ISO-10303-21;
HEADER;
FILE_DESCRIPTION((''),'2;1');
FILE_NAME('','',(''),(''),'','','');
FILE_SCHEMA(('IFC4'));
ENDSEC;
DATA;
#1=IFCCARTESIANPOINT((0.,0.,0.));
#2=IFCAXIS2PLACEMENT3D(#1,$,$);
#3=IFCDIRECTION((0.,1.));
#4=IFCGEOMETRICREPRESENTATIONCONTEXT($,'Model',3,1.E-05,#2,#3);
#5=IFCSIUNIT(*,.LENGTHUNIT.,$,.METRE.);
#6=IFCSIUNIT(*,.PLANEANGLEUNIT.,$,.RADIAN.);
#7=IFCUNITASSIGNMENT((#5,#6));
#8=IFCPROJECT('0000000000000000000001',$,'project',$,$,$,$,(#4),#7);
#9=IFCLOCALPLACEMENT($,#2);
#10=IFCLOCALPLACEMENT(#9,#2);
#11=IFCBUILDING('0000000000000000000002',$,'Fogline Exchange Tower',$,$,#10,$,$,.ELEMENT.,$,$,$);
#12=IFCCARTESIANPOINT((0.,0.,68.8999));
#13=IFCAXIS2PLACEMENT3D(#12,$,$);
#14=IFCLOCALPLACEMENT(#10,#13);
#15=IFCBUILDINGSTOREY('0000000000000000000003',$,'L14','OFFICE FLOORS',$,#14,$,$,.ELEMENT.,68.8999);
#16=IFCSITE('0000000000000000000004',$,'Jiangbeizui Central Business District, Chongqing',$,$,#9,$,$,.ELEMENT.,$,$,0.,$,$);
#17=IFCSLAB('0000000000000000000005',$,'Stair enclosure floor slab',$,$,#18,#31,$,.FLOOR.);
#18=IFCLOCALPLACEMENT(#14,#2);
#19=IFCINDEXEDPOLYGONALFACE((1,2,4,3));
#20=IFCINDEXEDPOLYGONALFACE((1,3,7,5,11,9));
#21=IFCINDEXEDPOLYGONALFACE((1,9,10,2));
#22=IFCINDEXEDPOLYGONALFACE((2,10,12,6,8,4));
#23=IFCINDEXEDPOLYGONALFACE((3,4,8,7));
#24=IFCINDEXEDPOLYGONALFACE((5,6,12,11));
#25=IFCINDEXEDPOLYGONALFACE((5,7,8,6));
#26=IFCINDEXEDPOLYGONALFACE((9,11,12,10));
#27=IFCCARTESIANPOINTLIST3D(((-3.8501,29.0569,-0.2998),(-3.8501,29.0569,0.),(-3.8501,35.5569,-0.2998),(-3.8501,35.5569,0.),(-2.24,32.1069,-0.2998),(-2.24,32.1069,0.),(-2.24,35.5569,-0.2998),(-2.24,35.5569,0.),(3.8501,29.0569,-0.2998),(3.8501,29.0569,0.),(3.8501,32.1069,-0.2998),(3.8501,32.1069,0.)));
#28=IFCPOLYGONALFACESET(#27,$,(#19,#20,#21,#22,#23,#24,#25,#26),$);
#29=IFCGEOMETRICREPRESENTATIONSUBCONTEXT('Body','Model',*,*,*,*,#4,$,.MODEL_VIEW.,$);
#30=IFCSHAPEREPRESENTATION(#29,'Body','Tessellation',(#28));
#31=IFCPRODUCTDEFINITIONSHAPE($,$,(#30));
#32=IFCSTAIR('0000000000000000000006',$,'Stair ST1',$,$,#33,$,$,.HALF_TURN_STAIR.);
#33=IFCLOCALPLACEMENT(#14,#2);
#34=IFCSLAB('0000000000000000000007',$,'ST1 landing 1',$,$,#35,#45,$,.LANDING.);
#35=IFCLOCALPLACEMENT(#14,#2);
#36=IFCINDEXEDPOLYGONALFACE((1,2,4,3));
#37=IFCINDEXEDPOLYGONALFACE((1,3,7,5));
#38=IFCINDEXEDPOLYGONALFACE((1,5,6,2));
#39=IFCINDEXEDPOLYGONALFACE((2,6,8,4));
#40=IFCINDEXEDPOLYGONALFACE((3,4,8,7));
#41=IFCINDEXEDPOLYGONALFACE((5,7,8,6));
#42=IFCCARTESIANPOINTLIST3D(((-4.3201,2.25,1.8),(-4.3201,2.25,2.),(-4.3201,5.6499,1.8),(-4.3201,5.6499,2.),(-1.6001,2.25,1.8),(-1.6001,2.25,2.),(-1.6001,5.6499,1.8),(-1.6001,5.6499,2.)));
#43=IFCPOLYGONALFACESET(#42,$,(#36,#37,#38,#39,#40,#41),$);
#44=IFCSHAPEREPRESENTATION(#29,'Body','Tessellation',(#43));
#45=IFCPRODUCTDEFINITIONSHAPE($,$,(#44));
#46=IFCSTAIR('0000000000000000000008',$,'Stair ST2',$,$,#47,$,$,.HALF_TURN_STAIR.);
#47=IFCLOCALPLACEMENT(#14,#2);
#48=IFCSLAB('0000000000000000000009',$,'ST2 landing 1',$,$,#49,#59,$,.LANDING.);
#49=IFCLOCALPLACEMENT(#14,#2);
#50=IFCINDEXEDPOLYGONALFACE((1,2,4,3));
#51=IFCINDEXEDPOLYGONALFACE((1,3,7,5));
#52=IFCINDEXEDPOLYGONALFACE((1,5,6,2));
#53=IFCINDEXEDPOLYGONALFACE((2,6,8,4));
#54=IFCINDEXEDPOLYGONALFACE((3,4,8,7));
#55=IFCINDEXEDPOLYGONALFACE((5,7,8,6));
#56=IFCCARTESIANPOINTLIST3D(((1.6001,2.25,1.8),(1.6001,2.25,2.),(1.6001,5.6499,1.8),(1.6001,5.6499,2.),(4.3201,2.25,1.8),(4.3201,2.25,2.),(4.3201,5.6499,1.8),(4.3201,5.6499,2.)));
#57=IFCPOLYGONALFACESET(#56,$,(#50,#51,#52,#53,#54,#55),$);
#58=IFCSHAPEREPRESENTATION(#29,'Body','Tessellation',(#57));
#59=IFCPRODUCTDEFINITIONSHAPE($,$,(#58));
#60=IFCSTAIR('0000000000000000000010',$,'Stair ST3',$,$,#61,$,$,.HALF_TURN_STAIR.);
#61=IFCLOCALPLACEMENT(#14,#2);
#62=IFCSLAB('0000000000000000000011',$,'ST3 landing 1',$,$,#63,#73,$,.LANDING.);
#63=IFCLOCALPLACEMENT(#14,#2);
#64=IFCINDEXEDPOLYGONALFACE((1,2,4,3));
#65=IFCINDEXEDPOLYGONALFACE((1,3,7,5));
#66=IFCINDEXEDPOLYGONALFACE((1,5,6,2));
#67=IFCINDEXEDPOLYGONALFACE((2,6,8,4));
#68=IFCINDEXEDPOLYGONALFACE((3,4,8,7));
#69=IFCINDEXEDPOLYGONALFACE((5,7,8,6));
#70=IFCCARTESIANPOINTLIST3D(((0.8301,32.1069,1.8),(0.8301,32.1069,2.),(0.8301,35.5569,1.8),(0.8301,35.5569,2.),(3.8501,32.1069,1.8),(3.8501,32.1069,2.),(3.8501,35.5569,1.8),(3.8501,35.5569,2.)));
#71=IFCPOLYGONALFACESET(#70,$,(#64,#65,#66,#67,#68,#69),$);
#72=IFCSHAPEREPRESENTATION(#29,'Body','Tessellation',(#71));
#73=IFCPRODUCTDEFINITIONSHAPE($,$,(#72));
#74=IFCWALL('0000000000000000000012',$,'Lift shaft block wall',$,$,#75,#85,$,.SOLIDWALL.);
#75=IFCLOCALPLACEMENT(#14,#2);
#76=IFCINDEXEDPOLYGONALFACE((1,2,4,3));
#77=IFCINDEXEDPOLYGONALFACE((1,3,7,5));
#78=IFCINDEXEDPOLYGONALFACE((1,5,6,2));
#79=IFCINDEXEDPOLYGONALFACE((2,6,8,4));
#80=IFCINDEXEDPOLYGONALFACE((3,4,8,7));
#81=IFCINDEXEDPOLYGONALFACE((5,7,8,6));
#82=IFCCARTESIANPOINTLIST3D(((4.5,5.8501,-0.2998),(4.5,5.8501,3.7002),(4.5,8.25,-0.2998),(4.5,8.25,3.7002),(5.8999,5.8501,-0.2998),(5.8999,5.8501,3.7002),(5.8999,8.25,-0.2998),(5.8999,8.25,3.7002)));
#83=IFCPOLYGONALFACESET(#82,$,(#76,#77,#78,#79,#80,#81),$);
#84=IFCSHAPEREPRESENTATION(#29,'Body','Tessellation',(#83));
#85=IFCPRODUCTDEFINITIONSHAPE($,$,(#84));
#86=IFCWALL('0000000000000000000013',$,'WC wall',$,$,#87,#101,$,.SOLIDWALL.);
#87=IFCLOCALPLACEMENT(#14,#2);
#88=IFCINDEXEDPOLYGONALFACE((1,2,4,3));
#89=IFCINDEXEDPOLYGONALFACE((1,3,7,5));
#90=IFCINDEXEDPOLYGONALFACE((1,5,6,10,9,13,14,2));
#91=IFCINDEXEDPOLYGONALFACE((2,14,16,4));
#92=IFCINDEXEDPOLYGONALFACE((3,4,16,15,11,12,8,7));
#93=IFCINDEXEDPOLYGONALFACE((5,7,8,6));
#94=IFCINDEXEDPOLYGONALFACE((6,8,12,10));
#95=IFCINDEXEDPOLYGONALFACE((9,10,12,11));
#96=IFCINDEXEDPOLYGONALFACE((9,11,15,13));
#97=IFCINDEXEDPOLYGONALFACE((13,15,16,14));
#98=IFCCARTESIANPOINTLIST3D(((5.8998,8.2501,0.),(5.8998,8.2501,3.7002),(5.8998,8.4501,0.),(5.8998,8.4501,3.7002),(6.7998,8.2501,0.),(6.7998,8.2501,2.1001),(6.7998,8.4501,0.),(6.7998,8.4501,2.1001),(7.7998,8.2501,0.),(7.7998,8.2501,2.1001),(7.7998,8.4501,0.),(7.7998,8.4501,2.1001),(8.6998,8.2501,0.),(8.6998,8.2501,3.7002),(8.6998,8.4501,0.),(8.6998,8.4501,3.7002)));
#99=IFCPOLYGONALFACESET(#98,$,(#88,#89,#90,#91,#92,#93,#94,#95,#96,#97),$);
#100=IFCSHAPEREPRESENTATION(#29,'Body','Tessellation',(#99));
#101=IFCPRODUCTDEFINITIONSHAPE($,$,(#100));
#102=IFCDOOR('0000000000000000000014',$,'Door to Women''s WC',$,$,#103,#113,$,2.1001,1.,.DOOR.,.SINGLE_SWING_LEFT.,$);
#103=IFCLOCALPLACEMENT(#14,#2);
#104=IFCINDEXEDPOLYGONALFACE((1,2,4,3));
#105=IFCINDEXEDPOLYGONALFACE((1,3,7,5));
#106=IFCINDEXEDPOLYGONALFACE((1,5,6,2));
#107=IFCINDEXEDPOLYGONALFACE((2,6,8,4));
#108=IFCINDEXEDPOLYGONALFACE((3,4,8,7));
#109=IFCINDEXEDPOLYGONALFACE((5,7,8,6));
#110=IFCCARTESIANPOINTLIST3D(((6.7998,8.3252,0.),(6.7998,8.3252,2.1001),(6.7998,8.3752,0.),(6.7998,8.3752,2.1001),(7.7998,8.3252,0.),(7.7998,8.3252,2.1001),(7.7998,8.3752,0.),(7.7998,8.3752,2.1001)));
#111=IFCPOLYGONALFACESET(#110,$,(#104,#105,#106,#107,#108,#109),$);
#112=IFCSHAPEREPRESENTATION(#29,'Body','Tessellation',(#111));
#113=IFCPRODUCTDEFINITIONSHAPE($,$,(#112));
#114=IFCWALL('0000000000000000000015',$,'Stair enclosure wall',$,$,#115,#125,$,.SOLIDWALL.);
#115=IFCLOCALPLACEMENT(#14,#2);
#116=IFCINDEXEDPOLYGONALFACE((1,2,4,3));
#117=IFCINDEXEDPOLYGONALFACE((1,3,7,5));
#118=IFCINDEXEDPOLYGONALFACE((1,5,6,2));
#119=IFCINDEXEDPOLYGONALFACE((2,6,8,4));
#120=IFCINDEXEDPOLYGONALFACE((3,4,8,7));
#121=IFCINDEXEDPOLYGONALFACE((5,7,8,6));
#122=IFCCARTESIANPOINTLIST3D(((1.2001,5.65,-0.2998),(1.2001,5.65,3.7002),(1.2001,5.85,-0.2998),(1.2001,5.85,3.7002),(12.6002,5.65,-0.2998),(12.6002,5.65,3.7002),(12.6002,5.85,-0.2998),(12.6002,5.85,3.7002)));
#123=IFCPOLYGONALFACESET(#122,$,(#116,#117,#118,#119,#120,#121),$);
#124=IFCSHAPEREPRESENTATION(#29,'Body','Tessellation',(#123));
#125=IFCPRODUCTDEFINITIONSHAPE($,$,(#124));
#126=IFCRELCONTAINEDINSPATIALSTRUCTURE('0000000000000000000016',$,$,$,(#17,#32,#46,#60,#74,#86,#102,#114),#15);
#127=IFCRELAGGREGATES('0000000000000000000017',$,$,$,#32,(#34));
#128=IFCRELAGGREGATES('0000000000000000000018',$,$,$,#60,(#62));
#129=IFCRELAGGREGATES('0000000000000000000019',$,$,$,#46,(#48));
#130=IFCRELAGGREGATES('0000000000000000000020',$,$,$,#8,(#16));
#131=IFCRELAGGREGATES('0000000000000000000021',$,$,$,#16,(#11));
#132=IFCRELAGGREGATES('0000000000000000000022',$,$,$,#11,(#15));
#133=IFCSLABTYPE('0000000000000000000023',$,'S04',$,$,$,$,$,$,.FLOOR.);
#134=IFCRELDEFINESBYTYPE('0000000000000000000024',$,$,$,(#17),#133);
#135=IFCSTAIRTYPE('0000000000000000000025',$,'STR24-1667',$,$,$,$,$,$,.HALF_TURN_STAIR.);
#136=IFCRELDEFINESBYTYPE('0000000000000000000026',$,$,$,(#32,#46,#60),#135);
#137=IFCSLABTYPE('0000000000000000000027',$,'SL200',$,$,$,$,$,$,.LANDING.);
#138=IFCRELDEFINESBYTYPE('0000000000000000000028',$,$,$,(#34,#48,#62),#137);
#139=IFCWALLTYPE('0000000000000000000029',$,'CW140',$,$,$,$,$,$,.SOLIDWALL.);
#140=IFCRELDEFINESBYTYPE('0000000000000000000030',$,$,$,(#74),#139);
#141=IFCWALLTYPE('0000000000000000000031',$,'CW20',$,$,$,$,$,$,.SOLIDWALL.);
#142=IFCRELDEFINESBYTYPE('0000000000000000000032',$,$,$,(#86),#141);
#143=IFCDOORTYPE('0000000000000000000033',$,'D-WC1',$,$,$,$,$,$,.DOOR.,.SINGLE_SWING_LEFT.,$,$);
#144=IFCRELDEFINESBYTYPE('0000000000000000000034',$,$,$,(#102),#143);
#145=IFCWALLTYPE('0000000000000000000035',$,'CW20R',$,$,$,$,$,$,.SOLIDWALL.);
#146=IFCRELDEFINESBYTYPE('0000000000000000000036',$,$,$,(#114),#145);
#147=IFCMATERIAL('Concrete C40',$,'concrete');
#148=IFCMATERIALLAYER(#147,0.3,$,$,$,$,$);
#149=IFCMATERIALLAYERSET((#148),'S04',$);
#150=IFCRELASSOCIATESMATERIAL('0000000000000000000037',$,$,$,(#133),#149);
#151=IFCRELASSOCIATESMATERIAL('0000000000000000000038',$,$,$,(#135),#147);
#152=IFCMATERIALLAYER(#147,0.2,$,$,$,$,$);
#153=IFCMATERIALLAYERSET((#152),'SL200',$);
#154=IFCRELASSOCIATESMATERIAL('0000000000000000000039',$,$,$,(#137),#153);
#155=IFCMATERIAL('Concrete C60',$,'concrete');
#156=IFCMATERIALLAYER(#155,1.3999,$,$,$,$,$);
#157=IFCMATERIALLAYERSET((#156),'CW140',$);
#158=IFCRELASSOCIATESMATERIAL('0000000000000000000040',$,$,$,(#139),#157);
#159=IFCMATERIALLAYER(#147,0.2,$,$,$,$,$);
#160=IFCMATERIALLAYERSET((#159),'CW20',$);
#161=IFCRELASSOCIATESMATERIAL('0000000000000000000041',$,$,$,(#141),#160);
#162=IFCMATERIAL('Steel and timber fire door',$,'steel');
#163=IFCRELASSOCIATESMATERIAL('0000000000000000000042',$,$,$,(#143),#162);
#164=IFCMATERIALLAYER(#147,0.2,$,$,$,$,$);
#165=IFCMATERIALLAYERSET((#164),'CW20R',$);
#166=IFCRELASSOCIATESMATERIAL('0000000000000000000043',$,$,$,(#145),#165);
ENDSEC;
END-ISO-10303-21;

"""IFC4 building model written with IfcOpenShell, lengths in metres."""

from ifc_helpers import new_model, si_unit, direction, frame, frame_2d, origin, place, context, subcontext, project, spatial, polyline, rectangle, outline, extrude, material, layer, layer_set, type_object, element, fill, aggregate, save


model = new_model("IFC4")

# Units and contexts
model_context = context("Model", 3, precision=1e-05, world=origin(), true_north=direction((0.0, 1.0)))
body_context = subcontext(model_context, "Body", "Model", "MODEL_VIEW")
ifc_project = project(units=[si_unit("LENGTHUNIT", "METRE"), si_unit("PLANEANGLEUNIT", "RADIAN")], contexts=[model_context])

# Site, building, storey
site_placement = place(None, origin())
site = spatial("IfcSite", under=ifc_project, at=site_placement, Name="Jiangbeizui Central Business District, Chongqing", CompositionType="ELEMENT", RefElevation=0.0)
building_placement = place(site_placement, origin())
building = spatial("IfcBuilding", under=site, at=building_placement, Name="Fogline Exchange Tower", CompositionType="ELEMENT")
storey_placement = place(building_placement, frame((0.0, 0.0, 68.8999)))
storey = spatial("IfcBuildingStorey", under=building, at=storey_placement, Name="L14", Description="OFFICE FLOORS", CompositionType="ELEMENT", Elevation=68.8999)

# Slab
ifc_material_1 = material(Name="Concrete C40", Category="concrete")
ifc_layer_1 = layer(ifc_material_1, 0.3)
ifc_layer_set_1 = layer_set([ifc_layer_1], Name="S04")
slab_type_1 = type_object("IfcSlabType", Name="S04", PredefinedType="FLOOR", material=ifc_layer_set_1)
slab_1_placement = place(storey_placement, frame((0.0, 0.0, -0.2998)))
element("IfcSlab", 1, at=slab_1_placement, inside=storey, type_object=slab_type_1, Name="Stair enclosure floor slab", PredefinedType="FLOOR", context=body_context, shape_type="SweptSolid", body=[
    extrude(outline(polyline([(3.8501, 29.0569), (-3.8501, 29.0569), (-3.8501, 35.5569), (-2.24, 35.5569), (-2.24, 32.1069), (3.8501, 32.1069), (3.8501, 29.0569)])), origin(), (0.0, 0.0, 1.0), 0.2998),
])

# Stairs, slabs
stair_type = type_object("IfcStairType", Name="STR24-1667", PredefinedType="HALF_TURN_STAIR", material=ifc_material_1)
stair_1_placement = place(storey_placement, origin())
stair_1 = element("IfcStair", 2, at=stair_1_placement, inside=storey, type_object=stair_type, Name="Stair ST1", PredefinedType="HALF_TURN_STAIR")
ifc_layer_2 = layer(ifc_material_1, 0.2)
ifc_layer_set_2 = layer_set([ifc_layer_2], Name="SL200")
slab_type_2 = type_object("IfcSlabType", Name="SL200", PredefinedType="LANDING", material=ifc_layer_set_2)
slab_2_placement = place(storey_placement, frame((0.0, 0.0, 1.8)))
slab_2 = element("IfcSlab", 3, at=slab_2_placement, type_object=slab_type_2, Name="ST1 landing 1", PredefinedType="LANDING", context=body_context, shape_type="SweptSolid", body=[
    extrude(outline(polyline([(-4.3201, 2.25), (-1.6001, 2.25), (-1.6001, 5.6499), (-4.3201, 5.6499), (-4.3201, 2.25)])), origin(), (0.0, 0.0, 1.0), 0.2),
])
aggregate(stair_1, [slab_2])
stair_2_placement = place(storey_placement, origin())
stair_2 = element("IfcStair", 4, at=stair_2_placement, inside=storey, type_object=stair_type, Name="Stair ST2", PredefinedType="HALF_TURN_STAIR")
slab_3_placement = place(storey_placement, frame((0.0, 0.0, 1.8)))
slab_3 = element("IfcSlab", 5, at=slab_3_placement, type_object=slab_type_2, Name="ST2 landing 1", PredefinedType="LANDING", context=body_context, shape_type="SweptSolid", body=[
    extrude(outline(polyline([(1.6001, 2.25), (4.3201, 2.25), (4.3201, 5.6499), (1.6001, 5.6499), (1.6001, 2.25)])), origin(), (0.0, 0.0, 1.0), 0.2),
])
stair_3_placement = place(storey_placement, origin())
stair_3 = element("IfcStair", 6, at=stair_3_placement, inside=storey, type_object=stair_type, Name="Stair ST3", PredefinedType="HALF_TURN_STAIR")
slab_4_placement = place(storey_placement, frame((0.0, 0.0, 1.8)))
slab_4 = element("IfcSlab", 7, at=slab_4_placement, type_object=slab_type_2, Name="ST3 landing 1", PredefinedType="LANDING", context=body_context, shape_type="SweptSolid", body=[
    extrude(outline(polyline([(0.8301, 32.1069), (3.8501, 32.1069), (3.8501, 35.5569), (0.8301, 35.5569), (0.8301, 32.1069)])), origin(), (0.0, 0.0, 1.0), 0.2),
])
aggregate(stair_3, [slab_4])

# Wall
ifc_material_2 = material(Name="Concrete C60", Category="concrete")
ifc_layer_3 = layer(ifc_material_2, 1.3999)
ifc_layer_set_3 = layer_set([ifc_layer_3], Name="CW140")
wall_type_1 = type_object("IfcWallType", Name="CW140", PredefinedType="SOLIDWALL", material=ifc_layer_set_3)
wall_1_placement = place(storey_placement, frame((5.2, 5.8501, -0.2998), z_axis=(0.0, 0.0, 1.0), x_axis=(0.0, 1.0, 0.0)))
element("IfcWall", 8, at=wall_1_placement, inside=storey, type_object=wall_type_1, Name="Lift shaft block wall", PredefinedType="SOLIDWALL", context=body_context, shape_type="SweptSolid", body=[
    extrude(rectangle(XDim=2.3999, YDim=1.3999, at=frame_2d((1.2, 0.0))), origin(), (0.0, 0.0, 1.0), 4.0),
])

# Wall, opening, door
ifc_layer_4 = layer(ifc_material_1, 0.2)
ifc_layer_set_4 = layer_set([ifc_layer_4], Name="CW20")
wall_type_2 = type_object("IfcWallType", Name="CW20", PredefinedType="SOLIDWALL", material=ifc_layer_set_4)
wall_2_placement = place(storey_placement, frame((5.8999, 8.3501, 0.0), z_axis=(0.0, 0.0, 1.0), x_axis=(1.0, 0.0, 0.0)))
wall_2 = element("IfcWall", 9, at=wall_2_placement, inside=storey, type_object=wall_type_2, Name="WC wall", PredefinedType="SOLIDWALL", context=body_context, shape_type="SweptSolid", body=[
    extrude(rectangle(XDim=2.8, YDim=0.2, at=frame_2d((1.3999, 0.0))), origin(), (0.0, 0.0, 1.0), 3.7002),
])
opening_1_placement = place(wall_2_placement, frame((0.8999, 0.0, 0.0)))
opening_1 = element("IfcOpeningElement", 10, at=opening_1_placement, cuts=wall_2, PredefinedType="OPENING", context=body_context, shape_type="SweptSolid", body=[
    extrude(rectangle(XDim=1.0, YDim=2.1001, at=frame_2d((0.5, 1.05))), frame((0.0, 0.1099, 0.0), z_axis=(0.0, -1.0, 0.0), x_axis=(1.0, 0.0, 0.0)), (0.0, 0.0, 1.0), 0.22),
])
ifc_material_3 = material(Name="Steel and timber fire door", Category="steel")
door_type_1 = type_object("IfcDoorType", Name="D-WC1", OperationType="SINGLE_SWING_LEFT", PredefinedType="DOOR", material=ifc_material_3)
door_1_placement = place(opening_1_placement, frame((1.0, 0.0, 0.0), z_axis=(0.0, 0.0, 1.0), x_axis=(-1.0, 0.0, 0.0)))
door_1 = element("IfcDoor", 11, at=door_1_placement, inside=storey, type_object=door_type_1, Name="Door to Women's WC", OperationType="SINGLE_SWING_LEFT", OverallHeight=2.1001, OverallWidth=1.0, PredefinedType="DOOR", context=body_context, shape_type="SweptSolid", body=[
    extrude(rectangle(XDim=1.0, YDim=2.1001, at=frame_2d((0.5, 1.05))), frame((0.0, 0.0249, 0.0), z_axis=(0.0, -1.0, 0.0), x_axis=(1.0, 0.0, 0.0)), (0.0, 0.0, 1.0), 0.05),
])
fill(opening_1, door_1)

# Wall
ifc_layer_5 = layer(ifc_material_1, 0.2)
ifc_layer_set_5 = layer_set([ifc_layer_5], Name="CW20R")
wall_type_3 = type_object("IfcWallType", Name="CW20R", PredefinedType="SOLIDWALL", material=ifc_layer_set_5)
wall_3_placement = place(storey_placement, frame((1.2, 5.75, -0.2998), z_axis=(0.0, 0.0, 1.0), x_axis=(1.0, 0.0, 0.0)))
element("IfcWall", 12, at=wall_3_placement, inside=storey, type_object=wall_type_3, Name="Stair enclosure wall", PredefinedType="SOLIDWALL", context=body_context, shape_type="SweptSolid", body=[
    extrude(rectangle(XDim=11.4001, YDim=0.2, at=frame_2d((5.7002, 0.0))), origin(), (0.0, 0.0, 1.0), 4.0),
])

aggregate(stair_2, [slab_3])

save(model, "model.ifc")
